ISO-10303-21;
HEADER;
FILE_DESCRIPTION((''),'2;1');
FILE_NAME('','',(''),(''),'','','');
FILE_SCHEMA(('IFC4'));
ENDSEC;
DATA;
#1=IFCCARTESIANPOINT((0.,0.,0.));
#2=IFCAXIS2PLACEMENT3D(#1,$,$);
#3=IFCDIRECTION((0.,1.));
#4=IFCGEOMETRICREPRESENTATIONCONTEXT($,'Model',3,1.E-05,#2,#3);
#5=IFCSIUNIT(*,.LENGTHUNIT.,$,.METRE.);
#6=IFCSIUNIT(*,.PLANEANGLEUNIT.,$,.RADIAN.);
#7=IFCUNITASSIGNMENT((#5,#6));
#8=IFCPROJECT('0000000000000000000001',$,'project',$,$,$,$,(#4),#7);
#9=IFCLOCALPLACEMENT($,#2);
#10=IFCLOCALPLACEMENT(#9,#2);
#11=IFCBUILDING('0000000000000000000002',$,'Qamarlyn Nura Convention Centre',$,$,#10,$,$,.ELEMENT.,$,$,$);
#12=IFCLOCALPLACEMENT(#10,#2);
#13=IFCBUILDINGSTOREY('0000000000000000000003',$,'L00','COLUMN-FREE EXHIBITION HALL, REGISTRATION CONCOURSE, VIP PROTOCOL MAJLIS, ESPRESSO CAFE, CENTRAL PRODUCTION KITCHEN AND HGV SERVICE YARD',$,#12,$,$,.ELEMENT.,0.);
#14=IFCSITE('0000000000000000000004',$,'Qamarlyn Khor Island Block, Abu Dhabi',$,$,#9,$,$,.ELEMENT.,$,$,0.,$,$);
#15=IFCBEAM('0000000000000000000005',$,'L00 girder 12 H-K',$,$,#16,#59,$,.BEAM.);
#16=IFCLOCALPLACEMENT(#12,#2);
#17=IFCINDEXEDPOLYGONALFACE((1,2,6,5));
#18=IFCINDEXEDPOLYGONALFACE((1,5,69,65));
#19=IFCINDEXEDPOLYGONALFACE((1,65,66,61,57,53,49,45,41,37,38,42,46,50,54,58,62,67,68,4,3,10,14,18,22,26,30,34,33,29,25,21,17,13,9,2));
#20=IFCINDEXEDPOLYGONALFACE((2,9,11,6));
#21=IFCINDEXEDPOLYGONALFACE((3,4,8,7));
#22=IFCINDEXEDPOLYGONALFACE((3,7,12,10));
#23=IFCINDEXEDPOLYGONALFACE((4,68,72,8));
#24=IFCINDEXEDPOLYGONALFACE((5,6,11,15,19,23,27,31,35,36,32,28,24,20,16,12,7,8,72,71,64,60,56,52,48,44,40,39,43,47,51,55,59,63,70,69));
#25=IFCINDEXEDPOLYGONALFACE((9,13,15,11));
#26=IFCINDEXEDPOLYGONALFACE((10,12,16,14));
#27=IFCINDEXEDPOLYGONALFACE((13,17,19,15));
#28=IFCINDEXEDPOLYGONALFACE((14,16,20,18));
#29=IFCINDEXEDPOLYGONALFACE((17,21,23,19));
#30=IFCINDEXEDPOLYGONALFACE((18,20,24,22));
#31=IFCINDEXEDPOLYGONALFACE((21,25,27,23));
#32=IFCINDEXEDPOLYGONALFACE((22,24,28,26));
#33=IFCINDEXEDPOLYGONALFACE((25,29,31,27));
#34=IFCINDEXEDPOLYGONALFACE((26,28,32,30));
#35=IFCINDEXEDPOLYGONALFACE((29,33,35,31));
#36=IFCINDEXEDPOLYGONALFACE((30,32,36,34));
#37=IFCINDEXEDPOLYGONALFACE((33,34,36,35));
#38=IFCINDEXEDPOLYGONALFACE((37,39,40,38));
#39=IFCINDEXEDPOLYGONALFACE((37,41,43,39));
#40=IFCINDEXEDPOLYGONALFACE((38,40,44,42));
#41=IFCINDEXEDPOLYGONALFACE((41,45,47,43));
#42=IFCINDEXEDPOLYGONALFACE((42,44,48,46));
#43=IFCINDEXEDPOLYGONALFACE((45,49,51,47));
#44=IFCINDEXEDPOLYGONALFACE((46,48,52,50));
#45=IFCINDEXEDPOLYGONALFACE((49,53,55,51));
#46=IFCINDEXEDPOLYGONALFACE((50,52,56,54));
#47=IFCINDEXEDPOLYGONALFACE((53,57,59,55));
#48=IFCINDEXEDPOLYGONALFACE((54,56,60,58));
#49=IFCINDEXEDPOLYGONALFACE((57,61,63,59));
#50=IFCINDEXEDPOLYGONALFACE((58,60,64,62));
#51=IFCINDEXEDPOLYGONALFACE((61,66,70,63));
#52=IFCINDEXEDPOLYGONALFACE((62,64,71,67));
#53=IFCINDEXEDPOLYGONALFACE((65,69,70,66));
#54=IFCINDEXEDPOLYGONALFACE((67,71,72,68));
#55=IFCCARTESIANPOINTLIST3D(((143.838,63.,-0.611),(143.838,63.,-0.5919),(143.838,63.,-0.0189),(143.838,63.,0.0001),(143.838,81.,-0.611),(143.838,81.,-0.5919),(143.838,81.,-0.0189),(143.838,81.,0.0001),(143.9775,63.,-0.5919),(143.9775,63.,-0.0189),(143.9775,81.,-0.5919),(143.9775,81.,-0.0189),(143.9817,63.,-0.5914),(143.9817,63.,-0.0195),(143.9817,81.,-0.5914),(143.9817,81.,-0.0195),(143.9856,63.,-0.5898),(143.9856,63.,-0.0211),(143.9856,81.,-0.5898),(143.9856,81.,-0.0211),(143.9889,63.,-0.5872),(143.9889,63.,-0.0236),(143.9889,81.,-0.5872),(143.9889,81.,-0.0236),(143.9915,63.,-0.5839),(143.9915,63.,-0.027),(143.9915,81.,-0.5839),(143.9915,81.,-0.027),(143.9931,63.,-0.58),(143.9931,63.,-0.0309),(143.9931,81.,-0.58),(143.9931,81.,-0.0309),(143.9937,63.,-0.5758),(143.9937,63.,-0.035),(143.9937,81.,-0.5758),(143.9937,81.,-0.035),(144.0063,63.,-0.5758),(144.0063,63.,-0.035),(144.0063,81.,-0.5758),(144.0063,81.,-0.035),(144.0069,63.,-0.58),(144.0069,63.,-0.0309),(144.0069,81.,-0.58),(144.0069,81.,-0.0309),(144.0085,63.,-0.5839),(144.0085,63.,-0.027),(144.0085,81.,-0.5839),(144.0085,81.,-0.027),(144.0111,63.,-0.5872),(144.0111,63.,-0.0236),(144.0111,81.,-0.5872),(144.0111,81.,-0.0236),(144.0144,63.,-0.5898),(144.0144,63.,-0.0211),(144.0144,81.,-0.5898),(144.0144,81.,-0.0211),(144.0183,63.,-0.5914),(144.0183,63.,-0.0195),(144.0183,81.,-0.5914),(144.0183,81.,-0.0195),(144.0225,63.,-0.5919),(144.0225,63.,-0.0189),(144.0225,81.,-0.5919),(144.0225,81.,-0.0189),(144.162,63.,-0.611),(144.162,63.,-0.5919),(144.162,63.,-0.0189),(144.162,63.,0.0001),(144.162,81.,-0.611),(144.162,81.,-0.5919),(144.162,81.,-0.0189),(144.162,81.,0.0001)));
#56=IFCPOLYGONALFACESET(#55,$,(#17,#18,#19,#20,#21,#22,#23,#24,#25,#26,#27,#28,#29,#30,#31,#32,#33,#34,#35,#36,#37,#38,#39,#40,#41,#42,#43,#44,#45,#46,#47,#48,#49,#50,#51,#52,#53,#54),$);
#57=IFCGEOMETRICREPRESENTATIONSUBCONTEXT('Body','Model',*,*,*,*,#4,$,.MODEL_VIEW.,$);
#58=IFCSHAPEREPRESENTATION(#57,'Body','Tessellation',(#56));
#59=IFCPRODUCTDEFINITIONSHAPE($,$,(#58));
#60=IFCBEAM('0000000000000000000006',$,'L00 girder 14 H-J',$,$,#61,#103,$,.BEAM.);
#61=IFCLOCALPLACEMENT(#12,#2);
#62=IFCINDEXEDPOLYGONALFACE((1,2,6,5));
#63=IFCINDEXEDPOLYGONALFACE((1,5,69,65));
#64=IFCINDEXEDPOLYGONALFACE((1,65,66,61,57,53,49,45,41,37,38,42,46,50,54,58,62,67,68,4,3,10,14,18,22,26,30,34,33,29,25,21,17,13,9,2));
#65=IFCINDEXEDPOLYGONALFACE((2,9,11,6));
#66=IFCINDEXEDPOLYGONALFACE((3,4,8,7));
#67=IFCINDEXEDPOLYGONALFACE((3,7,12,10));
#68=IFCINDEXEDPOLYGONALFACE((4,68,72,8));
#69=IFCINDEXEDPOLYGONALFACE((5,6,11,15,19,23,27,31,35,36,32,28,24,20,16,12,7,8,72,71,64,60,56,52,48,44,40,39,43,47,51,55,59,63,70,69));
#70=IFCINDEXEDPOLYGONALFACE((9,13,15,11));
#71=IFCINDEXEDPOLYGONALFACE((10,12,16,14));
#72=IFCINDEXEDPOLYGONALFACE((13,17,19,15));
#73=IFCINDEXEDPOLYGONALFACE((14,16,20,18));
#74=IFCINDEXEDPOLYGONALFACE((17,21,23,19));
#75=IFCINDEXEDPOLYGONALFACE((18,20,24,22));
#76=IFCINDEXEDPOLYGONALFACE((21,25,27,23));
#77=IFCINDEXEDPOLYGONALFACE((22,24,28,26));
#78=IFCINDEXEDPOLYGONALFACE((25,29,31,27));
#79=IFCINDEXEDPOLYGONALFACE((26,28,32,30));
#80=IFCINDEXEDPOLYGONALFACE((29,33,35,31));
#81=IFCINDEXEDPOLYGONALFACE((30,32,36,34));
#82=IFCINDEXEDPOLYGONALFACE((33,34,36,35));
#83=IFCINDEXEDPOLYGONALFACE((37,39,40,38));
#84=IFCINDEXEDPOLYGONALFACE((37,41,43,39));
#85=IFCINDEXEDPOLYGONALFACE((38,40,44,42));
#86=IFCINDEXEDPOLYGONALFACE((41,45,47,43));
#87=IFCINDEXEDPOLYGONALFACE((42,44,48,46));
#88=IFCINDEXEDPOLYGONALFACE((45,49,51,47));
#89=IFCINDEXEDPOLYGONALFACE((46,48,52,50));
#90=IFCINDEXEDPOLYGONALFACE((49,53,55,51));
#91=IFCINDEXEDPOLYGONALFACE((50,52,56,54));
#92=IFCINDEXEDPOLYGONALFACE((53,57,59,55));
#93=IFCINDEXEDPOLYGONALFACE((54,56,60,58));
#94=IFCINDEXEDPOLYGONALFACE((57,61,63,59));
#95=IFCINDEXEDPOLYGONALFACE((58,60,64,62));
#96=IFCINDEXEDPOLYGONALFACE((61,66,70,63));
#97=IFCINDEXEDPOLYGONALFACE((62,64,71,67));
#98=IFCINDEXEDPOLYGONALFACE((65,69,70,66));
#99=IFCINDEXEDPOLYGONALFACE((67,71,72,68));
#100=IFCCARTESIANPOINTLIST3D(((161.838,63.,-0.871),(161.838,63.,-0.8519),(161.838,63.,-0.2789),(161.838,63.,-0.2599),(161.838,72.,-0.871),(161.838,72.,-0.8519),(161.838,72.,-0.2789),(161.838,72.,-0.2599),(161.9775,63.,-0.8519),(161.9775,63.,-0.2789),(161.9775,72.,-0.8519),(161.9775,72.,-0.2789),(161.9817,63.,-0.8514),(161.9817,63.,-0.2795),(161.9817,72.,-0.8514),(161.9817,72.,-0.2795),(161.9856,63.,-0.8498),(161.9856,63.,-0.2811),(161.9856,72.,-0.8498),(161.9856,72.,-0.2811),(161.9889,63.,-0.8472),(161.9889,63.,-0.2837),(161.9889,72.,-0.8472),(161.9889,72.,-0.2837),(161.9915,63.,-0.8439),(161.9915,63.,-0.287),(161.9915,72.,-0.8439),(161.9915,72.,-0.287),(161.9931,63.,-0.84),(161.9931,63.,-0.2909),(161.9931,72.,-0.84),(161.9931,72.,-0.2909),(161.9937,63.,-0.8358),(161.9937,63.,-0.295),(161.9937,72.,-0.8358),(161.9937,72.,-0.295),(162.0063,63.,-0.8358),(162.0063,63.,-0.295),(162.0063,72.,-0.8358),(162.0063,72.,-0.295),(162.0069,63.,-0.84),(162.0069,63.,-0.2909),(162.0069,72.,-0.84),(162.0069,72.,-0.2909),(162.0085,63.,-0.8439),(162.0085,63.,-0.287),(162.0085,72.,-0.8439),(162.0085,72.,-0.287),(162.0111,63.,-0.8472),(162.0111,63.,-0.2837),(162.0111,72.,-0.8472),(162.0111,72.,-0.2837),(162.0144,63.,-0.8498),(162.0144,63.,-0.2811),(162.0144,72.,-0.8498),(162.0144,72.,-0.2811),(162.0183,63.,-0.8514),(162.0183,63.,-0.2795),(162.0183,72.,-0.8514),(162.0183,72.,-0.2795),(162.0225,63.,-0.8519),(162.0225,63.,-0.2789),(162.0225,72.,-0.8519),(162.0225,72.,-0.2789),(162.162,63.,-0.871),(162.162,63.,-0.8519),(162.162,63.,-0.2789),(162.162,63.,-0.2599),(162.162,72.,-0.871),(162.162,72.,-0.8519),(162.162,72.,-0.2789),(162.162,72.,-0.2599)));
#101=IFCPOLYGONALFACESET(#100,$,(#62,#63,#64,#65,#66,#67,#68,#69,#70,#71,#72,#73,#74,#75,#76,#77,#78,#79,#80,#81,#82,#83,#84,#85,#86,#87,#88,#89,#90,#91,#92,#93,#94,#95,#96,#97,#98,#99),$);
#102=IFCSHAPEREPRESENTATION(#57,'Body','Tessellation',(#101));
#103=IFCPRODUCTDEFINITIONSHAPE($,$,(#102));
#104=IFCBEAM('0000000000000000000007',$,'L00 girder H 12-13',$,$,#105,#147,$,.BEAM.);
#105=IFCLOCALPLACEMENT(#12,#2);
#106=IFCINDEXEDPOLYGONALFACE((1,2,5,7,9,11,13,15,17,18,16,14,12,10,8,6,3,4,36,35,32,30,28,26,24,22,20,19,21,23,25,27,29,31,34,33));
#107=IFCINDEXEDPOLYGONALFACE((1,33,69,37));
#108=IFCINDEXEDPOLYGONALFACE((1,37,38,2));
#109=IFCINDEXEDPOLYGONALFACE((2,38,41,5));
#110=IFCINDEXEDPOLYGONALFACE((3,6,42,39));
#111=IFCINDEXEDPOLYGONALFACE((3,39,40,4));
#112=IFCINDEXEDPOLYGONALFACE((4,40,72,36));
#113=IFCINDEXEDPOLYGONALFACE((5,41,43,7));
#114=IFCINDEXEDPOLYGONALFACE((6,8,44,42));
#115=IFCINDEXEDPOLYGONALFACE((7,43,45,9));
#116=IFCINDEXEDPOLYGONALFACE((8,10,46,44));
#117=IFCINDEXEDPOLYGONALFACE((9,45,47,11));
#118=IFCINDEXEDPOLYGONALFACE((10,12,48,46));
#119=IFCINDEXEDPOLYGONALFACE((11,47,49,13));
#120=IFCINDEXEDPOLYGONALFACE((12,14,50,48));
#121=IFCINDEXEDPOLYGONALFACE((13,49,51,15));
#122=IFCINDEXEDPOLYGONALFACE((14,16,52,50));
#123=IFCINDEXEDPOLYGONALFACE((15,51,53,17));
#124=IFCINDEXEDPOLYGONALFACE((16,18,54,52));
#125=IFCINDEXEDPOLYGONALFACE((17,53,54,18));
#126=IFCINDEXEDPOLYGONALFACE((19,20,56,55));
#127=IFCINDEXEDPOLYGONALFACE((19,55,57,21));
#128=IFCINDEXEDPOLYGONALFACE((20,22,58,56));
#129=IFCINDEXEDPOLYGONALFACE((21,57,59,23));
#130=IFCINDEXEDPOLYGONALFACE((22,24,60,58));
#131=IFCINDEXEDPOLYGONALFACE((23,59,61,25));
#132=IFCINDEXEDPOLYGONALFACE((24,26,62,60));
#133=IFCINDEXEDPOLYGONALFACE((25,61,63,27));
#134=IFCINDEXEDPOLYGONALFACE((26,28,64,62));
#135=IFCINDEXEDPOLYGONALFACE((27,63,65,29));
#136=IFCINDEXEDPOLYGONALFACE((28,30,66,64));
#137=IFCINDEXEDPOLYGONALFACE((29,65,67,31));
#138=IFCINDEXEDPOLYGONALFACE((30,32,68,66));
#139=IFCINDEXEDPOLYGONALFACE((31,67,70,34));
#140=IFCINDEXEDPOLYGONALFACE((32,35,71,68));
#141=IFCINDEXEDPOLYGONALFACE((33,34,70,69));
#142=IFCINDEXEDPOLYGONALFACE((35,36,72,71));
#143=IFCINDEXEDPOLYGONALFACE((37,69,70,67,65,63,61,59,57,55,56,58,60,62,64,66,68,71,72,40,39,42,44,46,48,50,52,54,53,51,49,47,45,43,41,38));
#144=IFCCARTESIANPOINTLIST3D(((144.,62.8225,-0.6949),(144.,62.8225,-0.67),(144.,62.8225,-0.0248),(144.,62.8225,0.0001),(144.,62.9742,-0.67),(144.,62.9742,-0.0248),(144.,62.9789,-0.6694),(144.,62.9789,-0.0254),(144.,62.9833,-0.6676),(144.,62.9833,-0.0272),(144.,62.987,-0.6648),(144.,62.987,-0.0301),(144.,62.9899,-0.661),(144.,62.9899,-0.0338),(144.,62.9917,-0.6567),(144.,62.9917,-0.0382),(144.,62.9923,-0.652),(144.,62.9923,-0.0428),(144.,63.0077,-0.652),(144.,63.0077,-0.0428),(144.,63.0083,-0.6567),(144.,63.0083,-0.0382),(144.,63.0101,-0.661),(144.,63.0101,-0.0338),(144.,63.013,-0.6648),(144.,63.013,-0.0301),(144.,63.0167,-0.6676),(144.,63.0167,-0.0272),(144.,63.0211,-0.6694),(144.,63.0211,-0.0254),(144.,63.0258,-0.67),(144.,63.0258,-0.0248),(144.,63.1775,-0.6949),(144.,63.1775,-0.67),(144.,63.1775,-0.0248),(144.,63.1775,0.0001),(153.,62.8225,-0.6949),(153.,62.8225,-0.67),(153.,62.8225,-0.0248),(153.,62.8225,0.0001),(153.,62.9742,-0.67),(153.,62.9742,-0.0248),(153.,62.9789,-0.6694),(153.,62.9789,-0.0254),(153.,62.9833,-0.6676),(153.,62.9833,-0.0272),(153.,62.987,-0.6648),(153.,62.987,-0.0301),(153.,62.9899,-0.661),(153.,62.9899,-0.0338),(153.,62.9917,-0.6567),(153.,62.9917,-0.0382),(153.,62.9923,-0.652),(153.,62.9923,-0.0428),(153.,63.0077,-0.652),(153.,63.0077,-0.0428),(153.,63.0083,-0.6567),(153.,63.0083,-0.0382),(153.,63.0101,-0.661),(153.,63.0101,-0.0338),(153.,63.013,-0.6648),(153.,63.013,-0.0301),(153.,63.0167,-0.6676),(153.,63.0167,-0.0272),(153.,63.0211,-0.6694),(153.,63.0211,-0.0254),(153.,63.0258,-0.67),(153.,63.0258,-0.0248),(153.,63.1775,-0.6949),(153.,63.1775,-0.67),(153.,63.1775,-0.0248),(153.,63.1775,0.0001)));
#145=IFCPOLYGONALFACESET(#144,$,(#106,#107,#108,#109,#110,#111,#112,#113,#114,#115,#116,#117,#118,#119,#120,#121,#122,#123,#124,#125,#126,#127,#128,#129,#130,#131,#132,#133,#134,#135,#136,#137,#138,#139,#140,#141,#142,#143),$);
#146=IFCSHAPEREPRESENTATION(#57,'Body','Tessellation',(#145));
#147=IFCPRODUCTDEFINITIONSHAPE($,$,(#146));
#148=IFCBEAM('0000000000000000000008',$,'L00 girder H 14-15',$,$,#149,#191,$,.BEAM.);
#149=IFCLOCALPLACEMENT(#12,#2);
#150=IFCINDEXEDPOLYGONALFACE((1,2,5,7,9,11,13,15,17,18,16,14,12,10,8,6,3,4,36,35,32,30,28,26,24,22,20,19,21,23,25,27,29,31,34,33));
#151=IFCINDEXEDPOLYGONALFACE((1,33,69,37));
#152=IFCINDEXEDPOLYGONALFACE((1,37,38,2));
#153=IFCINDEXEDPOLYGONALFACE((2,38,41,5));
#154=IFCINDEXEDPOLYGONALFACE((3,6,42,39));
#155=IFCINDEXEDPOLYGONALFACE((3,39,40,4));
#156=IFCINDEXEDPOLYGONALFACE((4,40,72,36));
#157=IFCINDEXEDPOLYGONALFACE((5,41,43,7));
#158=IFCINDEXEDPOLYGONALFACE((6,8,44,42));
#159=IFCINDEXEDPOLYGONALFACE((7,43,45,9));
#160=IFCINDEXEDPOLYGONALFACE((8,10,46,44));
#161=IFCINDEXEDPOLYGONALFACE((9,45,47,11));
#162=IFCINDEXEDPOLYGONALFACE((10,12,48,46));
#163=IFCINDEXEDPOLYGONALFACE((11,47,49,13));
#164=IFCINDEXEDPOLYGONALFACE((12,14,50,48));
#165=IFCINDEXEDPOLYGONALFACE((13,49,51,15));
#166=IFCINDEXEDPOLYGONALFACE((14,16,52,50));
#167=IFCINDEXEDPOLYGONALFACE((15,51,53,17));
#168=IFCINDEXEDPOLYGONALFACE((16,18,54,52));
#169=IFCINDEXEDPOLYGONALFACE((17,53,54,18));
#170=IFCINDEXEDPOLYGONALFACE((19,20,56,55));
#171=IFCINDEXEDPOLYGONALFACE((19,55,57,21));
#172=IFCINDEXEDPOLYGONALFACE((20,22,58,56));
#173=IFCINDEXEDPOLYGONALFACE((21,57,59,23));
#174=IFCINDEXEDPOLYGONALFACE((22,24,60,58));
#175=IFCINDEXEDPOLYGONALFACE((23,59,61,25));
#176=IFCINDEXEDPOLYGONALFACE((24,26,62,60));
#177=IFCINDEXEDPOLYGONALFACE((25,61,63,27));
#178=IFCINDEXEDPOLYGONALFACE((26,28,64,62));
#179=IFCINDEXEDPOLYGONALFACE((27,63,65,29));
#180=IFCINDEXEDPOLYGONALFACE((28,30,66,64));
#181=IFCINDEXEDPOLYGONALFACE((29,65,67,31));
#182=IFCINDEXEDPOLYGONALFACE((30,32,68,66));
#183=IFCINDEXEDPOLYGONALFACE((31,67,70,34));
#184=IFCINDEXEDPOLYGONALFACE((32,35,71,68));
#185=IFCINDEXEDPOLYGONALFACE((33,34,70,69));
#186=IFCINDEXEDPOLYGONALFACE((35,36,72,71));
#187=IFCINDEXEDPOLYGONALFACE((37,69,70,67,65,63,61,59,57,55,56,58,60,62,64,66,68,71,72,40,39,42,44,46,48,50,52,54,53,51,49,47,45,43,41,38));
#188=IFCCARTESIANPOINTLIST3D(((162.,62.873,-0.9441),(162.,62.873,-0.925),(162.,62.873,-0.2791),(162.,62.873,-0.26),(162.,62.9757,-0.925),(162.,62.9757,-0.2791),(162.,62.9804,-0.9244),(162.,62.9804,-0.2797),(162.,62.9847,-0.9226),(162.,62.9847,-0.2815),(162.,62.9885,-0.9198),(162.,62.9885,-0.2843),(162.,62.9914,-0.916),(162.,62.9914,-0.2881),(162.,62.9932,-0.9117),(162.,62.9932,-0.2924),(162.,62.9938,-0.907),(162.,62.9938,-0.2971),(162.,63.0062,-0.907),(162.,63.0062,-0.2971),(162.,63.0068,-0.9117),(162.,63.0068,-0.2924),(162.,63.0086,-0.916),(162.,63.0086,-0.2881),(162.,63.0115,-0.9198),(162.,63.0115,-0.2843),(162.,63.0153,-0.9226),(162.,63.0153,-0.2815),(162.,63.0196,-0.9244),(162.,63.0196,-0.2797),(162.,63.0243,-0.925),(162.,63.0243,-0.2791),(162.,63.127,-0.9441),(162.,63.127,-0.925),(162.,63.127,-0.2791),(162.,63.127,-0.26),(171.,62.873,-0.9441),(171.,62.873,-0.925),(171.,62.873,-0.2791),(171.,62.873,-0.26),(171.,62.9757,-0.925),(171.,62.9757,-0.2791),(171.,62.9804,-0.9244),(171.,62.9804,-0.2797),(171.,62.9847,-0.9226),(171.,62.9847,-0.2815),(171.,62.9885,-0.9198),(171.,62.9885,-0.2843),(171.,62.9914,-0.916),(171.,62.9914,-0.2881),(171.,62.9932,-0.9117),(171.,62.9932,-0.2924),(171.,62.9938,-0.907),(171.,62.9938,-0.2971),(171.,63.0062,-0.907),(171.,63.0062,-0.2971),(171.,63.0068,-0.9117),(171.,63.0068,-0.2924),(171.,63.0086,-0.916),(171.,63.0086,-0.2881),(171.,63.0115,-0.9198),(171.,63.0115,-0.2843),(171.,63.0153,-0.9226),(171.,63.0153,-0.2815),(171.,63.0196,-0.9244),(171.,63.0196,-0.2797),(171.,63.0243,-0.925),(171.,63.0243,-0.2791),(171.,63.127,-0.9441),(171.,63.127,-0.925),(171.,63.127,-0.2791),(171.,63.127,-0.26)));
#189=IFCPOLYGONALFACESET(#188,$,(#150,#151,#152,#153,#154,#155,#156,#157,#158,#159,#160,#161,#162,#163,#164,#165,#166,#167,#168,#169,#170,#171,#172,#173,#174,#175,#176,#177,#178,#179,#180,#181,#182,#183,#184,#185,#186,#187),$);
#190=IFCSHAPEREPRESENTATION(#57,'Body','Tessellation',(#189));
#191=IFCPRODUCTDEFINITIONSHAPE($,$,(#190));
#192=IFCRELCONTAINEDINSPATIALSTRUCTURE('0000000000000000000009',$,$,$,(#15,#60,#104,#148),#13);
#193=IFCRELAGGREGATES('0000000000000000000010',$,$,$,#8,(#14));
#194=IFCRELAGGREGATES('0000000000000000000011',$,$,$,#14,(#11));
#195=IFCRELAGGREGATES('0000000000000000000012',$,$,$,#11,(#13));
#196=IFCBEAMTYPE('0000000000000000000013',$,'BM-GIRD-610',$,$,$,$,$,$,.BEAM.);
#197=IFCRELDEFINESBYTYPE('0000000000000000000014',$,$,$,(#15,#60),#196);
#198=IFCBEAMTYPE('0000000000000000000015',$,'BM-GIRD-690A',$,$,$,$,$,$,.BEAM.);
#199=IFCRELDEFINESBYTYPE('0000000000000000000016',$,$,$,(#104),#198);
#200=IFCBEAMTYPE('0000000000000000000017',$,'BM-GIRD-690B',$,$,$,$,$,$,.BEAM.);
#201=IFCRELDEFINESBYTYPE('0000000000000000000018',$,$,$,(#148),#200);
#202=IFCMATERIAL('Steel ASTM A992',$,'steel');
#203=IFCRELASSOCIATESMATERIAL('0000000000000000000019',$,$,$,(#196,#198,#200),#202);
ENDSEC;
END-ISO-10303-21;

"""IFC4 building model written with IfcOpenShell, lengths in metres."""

from ifc_helpers import new_model, si_unit, direction, frame, origin, origin_2d, place, context, subcontext, project, spatial, i_section, extrude, material, material_profile, profile_set, type_object, element, save


model = new_model("IFC4")

# Units and contexts
model_context = context("Model", 3, precision=1e-05, world=origin(), true_north=direction((0.0, 1.0)))
body_context = subcontext(model_context, "Body", "Model", "MODEL_VIEW")
ifc_project = project(units=[si_unit("LENGTHUNIT", "METRE"), si_unit("PLANEANGLEUNIT", "RADIAN")], contexts=[model_context])

# Site, building, storey
site_placement = place(None, origin())
site = spatial("IfcSite", under=ifc_project, at=site_placement, Name="Qamarlyn Khor Island Block, Abu Dhabi", CompositionType="ELEMENT", RefElevation=0.0)
building_placement = place(site_placement, origin())
building = spatial("IfcBuilding", under=site, at=building_placement, Name="Qamarlyn Nura Convention Centre", CompositionType="ELEMENT")
storey_placement = place(building_placement, origin())
storey = spatial("IfcBuildingStorey", under=building, at=storey_placement, Name="L00", Description="COLUMN-FREE EXHIBITION HALL, REGISTRATION CONCOURSE, VIP PROTOCOL MAJLIS, ESPRESSO CAFE, CENTRAL PRODUCTION KITCHEN AND HGV SERVICE YARD", CompositionType="ELEMENT", Elevation=0.0)

# Shared definitions
ifc_material_1 = material(Name="Steel ASTM A992", Category="steel")

# Beams
ifc_material_profile_1 = material_profile(ifc_material_1, i_section(OverallWidth=0.324, OverallDepth=0.6111, WebThickness=0.0127, FlangeThickness=0.019, FilletRadius=0.0161, at=origin_2d()), Name="W610X155")
ifc_profile_set_1 = profile_set([ifc_material_profile_1], Name="Steel ASTM A992")
beam_type_1 = type_object("IfcBeamType", Name="BM-GIRD-610", PredefinedType="BEAM", material=ifc_profile_set_1)
beam_1_placement = place(storey_placement, frame((144.0, 63.0, -0.3054), z_axis=(0.0, 1.0, 0.0), x_axis=(-1.0, 0.0, 0.0)))
element("IfcBeam", 1, at=beam_1_placement, inside=storey, type_object=beam_type_1, Name="L00 girder 12 H-K", PredefinedType="BEAM", context=body_context, shape_type="SweptSolid", body=[
    extrude(i_section(OverallWidth=0.324, OverallDepth=0.6111, WebThickness=0.0127, FlangeThickness=0.019, FilletRadius=0.0161, at=origin_2d()), origin(), (0.0, 0.0, 1.0), 18.0),
])
beam_2_placement = place(storey_placement, frame((162.0, 63.0, -0.5654), z_axis=(0.0, 1.0, 0.0), x_axis=(-1.0, 0.0, 0.0)))
element("IfcBeam", 2, at=beam_2_placement, inside=storey, type_object=beam_type_1, Name="L00 girder 14 H-J", PredefinedType="BEAM", context=body_context, shape_type="SweptSolid", body=[
    extrude(i_section(OverallWidth=0.324, OverallDepth=0.6111, WebThickness=0.0127, FlangeThickness=0.019, FilletRadius=0.0161, at=origin_2d()), origin(), (0.0, 0.0, 1.0), 9.0),
])
ifc_material_profile_2 = material_profile(ifc_material_1, i_section(OverallWidth=0.355, OverallDepth=0.6951, WebThickness=0.0154, FlangeThickness=0.0249, FilletRadius=0.0181, at=origin_2d()), Name="W690X217")
ifc_profile_set_2 = profile_set([ifc_material_profile_2], Name="Steel ASTM A992")
beam_type_2 = type_object("IfcBeamType", Name="BM-GIRD-690A", PredefinedType="BEAM", material=ifc_profile_set_2)
beam_3_placement = place(storey_placement, frame((144.0, 63.0, -0.3474), z_axis=(1.0, 0.0, 0.0), x_axis=(0.0, 1.0, 0.0)))
element("IfcBeam", 3, at=beam_3_placement, inside=storey, type_object=beam_type_2, Name="L00 girder H 12-13", PredefinedType="BEAM", context=body_context, shape_type="SweptSolid", body=[
    extrude(i_section(OverallWidth=0.355, OverallDepth=0.6951, WebThickness=0.0154, FlangeThickness=0.0249, FilletRadius=0.0181, at=origin_2d()), origin(), (0.0, 0.0, 1.0), 9.0),
])
ifc_material_profile_3 = material_profile(ifc_material_1, i_section(OverallWidth=0.2539, OverallDepth=0.6841, WebThickness=0.0125, FlangeThickness=0.019, FilletRadius=0.0181, at=origin_2d()), Name="W690X140")
ifc_profile_set_3 = profile_set([ifc_material_profile_3], Name="Steel ASTM A992")
beam_type_3 = type_object("IfcBeamType", Name="BM-GIRD-690B", PredefinedType="BEAM", material=ifc_profile_set_3)
beam_4_placement = place(storey_placement, frame((162.0, 63.0, -0.6021), z_axis=(1.0, 0.0, 0.0), x_axis=(0.0, 1.0, 0.0)))
element("IfcBeam", 4, at=beam_4_placement, inside=storey, type_object=beam_type_3, Name="L00 girder H 14-15", PredefinedType="BEAM", context=body_context, shape_type="SweptSolid", body=[
    extrude(i_section(OverallWidth=0.2539, OverallDepth=0.6841, WebThickness=0.0125, FlangeThickness=0.019, FilletRadius=0.0181, at=origin_2d()), origin(), (0.0, 0.0, 1.0), 9.0),
])

save(model, "model.ifc")
